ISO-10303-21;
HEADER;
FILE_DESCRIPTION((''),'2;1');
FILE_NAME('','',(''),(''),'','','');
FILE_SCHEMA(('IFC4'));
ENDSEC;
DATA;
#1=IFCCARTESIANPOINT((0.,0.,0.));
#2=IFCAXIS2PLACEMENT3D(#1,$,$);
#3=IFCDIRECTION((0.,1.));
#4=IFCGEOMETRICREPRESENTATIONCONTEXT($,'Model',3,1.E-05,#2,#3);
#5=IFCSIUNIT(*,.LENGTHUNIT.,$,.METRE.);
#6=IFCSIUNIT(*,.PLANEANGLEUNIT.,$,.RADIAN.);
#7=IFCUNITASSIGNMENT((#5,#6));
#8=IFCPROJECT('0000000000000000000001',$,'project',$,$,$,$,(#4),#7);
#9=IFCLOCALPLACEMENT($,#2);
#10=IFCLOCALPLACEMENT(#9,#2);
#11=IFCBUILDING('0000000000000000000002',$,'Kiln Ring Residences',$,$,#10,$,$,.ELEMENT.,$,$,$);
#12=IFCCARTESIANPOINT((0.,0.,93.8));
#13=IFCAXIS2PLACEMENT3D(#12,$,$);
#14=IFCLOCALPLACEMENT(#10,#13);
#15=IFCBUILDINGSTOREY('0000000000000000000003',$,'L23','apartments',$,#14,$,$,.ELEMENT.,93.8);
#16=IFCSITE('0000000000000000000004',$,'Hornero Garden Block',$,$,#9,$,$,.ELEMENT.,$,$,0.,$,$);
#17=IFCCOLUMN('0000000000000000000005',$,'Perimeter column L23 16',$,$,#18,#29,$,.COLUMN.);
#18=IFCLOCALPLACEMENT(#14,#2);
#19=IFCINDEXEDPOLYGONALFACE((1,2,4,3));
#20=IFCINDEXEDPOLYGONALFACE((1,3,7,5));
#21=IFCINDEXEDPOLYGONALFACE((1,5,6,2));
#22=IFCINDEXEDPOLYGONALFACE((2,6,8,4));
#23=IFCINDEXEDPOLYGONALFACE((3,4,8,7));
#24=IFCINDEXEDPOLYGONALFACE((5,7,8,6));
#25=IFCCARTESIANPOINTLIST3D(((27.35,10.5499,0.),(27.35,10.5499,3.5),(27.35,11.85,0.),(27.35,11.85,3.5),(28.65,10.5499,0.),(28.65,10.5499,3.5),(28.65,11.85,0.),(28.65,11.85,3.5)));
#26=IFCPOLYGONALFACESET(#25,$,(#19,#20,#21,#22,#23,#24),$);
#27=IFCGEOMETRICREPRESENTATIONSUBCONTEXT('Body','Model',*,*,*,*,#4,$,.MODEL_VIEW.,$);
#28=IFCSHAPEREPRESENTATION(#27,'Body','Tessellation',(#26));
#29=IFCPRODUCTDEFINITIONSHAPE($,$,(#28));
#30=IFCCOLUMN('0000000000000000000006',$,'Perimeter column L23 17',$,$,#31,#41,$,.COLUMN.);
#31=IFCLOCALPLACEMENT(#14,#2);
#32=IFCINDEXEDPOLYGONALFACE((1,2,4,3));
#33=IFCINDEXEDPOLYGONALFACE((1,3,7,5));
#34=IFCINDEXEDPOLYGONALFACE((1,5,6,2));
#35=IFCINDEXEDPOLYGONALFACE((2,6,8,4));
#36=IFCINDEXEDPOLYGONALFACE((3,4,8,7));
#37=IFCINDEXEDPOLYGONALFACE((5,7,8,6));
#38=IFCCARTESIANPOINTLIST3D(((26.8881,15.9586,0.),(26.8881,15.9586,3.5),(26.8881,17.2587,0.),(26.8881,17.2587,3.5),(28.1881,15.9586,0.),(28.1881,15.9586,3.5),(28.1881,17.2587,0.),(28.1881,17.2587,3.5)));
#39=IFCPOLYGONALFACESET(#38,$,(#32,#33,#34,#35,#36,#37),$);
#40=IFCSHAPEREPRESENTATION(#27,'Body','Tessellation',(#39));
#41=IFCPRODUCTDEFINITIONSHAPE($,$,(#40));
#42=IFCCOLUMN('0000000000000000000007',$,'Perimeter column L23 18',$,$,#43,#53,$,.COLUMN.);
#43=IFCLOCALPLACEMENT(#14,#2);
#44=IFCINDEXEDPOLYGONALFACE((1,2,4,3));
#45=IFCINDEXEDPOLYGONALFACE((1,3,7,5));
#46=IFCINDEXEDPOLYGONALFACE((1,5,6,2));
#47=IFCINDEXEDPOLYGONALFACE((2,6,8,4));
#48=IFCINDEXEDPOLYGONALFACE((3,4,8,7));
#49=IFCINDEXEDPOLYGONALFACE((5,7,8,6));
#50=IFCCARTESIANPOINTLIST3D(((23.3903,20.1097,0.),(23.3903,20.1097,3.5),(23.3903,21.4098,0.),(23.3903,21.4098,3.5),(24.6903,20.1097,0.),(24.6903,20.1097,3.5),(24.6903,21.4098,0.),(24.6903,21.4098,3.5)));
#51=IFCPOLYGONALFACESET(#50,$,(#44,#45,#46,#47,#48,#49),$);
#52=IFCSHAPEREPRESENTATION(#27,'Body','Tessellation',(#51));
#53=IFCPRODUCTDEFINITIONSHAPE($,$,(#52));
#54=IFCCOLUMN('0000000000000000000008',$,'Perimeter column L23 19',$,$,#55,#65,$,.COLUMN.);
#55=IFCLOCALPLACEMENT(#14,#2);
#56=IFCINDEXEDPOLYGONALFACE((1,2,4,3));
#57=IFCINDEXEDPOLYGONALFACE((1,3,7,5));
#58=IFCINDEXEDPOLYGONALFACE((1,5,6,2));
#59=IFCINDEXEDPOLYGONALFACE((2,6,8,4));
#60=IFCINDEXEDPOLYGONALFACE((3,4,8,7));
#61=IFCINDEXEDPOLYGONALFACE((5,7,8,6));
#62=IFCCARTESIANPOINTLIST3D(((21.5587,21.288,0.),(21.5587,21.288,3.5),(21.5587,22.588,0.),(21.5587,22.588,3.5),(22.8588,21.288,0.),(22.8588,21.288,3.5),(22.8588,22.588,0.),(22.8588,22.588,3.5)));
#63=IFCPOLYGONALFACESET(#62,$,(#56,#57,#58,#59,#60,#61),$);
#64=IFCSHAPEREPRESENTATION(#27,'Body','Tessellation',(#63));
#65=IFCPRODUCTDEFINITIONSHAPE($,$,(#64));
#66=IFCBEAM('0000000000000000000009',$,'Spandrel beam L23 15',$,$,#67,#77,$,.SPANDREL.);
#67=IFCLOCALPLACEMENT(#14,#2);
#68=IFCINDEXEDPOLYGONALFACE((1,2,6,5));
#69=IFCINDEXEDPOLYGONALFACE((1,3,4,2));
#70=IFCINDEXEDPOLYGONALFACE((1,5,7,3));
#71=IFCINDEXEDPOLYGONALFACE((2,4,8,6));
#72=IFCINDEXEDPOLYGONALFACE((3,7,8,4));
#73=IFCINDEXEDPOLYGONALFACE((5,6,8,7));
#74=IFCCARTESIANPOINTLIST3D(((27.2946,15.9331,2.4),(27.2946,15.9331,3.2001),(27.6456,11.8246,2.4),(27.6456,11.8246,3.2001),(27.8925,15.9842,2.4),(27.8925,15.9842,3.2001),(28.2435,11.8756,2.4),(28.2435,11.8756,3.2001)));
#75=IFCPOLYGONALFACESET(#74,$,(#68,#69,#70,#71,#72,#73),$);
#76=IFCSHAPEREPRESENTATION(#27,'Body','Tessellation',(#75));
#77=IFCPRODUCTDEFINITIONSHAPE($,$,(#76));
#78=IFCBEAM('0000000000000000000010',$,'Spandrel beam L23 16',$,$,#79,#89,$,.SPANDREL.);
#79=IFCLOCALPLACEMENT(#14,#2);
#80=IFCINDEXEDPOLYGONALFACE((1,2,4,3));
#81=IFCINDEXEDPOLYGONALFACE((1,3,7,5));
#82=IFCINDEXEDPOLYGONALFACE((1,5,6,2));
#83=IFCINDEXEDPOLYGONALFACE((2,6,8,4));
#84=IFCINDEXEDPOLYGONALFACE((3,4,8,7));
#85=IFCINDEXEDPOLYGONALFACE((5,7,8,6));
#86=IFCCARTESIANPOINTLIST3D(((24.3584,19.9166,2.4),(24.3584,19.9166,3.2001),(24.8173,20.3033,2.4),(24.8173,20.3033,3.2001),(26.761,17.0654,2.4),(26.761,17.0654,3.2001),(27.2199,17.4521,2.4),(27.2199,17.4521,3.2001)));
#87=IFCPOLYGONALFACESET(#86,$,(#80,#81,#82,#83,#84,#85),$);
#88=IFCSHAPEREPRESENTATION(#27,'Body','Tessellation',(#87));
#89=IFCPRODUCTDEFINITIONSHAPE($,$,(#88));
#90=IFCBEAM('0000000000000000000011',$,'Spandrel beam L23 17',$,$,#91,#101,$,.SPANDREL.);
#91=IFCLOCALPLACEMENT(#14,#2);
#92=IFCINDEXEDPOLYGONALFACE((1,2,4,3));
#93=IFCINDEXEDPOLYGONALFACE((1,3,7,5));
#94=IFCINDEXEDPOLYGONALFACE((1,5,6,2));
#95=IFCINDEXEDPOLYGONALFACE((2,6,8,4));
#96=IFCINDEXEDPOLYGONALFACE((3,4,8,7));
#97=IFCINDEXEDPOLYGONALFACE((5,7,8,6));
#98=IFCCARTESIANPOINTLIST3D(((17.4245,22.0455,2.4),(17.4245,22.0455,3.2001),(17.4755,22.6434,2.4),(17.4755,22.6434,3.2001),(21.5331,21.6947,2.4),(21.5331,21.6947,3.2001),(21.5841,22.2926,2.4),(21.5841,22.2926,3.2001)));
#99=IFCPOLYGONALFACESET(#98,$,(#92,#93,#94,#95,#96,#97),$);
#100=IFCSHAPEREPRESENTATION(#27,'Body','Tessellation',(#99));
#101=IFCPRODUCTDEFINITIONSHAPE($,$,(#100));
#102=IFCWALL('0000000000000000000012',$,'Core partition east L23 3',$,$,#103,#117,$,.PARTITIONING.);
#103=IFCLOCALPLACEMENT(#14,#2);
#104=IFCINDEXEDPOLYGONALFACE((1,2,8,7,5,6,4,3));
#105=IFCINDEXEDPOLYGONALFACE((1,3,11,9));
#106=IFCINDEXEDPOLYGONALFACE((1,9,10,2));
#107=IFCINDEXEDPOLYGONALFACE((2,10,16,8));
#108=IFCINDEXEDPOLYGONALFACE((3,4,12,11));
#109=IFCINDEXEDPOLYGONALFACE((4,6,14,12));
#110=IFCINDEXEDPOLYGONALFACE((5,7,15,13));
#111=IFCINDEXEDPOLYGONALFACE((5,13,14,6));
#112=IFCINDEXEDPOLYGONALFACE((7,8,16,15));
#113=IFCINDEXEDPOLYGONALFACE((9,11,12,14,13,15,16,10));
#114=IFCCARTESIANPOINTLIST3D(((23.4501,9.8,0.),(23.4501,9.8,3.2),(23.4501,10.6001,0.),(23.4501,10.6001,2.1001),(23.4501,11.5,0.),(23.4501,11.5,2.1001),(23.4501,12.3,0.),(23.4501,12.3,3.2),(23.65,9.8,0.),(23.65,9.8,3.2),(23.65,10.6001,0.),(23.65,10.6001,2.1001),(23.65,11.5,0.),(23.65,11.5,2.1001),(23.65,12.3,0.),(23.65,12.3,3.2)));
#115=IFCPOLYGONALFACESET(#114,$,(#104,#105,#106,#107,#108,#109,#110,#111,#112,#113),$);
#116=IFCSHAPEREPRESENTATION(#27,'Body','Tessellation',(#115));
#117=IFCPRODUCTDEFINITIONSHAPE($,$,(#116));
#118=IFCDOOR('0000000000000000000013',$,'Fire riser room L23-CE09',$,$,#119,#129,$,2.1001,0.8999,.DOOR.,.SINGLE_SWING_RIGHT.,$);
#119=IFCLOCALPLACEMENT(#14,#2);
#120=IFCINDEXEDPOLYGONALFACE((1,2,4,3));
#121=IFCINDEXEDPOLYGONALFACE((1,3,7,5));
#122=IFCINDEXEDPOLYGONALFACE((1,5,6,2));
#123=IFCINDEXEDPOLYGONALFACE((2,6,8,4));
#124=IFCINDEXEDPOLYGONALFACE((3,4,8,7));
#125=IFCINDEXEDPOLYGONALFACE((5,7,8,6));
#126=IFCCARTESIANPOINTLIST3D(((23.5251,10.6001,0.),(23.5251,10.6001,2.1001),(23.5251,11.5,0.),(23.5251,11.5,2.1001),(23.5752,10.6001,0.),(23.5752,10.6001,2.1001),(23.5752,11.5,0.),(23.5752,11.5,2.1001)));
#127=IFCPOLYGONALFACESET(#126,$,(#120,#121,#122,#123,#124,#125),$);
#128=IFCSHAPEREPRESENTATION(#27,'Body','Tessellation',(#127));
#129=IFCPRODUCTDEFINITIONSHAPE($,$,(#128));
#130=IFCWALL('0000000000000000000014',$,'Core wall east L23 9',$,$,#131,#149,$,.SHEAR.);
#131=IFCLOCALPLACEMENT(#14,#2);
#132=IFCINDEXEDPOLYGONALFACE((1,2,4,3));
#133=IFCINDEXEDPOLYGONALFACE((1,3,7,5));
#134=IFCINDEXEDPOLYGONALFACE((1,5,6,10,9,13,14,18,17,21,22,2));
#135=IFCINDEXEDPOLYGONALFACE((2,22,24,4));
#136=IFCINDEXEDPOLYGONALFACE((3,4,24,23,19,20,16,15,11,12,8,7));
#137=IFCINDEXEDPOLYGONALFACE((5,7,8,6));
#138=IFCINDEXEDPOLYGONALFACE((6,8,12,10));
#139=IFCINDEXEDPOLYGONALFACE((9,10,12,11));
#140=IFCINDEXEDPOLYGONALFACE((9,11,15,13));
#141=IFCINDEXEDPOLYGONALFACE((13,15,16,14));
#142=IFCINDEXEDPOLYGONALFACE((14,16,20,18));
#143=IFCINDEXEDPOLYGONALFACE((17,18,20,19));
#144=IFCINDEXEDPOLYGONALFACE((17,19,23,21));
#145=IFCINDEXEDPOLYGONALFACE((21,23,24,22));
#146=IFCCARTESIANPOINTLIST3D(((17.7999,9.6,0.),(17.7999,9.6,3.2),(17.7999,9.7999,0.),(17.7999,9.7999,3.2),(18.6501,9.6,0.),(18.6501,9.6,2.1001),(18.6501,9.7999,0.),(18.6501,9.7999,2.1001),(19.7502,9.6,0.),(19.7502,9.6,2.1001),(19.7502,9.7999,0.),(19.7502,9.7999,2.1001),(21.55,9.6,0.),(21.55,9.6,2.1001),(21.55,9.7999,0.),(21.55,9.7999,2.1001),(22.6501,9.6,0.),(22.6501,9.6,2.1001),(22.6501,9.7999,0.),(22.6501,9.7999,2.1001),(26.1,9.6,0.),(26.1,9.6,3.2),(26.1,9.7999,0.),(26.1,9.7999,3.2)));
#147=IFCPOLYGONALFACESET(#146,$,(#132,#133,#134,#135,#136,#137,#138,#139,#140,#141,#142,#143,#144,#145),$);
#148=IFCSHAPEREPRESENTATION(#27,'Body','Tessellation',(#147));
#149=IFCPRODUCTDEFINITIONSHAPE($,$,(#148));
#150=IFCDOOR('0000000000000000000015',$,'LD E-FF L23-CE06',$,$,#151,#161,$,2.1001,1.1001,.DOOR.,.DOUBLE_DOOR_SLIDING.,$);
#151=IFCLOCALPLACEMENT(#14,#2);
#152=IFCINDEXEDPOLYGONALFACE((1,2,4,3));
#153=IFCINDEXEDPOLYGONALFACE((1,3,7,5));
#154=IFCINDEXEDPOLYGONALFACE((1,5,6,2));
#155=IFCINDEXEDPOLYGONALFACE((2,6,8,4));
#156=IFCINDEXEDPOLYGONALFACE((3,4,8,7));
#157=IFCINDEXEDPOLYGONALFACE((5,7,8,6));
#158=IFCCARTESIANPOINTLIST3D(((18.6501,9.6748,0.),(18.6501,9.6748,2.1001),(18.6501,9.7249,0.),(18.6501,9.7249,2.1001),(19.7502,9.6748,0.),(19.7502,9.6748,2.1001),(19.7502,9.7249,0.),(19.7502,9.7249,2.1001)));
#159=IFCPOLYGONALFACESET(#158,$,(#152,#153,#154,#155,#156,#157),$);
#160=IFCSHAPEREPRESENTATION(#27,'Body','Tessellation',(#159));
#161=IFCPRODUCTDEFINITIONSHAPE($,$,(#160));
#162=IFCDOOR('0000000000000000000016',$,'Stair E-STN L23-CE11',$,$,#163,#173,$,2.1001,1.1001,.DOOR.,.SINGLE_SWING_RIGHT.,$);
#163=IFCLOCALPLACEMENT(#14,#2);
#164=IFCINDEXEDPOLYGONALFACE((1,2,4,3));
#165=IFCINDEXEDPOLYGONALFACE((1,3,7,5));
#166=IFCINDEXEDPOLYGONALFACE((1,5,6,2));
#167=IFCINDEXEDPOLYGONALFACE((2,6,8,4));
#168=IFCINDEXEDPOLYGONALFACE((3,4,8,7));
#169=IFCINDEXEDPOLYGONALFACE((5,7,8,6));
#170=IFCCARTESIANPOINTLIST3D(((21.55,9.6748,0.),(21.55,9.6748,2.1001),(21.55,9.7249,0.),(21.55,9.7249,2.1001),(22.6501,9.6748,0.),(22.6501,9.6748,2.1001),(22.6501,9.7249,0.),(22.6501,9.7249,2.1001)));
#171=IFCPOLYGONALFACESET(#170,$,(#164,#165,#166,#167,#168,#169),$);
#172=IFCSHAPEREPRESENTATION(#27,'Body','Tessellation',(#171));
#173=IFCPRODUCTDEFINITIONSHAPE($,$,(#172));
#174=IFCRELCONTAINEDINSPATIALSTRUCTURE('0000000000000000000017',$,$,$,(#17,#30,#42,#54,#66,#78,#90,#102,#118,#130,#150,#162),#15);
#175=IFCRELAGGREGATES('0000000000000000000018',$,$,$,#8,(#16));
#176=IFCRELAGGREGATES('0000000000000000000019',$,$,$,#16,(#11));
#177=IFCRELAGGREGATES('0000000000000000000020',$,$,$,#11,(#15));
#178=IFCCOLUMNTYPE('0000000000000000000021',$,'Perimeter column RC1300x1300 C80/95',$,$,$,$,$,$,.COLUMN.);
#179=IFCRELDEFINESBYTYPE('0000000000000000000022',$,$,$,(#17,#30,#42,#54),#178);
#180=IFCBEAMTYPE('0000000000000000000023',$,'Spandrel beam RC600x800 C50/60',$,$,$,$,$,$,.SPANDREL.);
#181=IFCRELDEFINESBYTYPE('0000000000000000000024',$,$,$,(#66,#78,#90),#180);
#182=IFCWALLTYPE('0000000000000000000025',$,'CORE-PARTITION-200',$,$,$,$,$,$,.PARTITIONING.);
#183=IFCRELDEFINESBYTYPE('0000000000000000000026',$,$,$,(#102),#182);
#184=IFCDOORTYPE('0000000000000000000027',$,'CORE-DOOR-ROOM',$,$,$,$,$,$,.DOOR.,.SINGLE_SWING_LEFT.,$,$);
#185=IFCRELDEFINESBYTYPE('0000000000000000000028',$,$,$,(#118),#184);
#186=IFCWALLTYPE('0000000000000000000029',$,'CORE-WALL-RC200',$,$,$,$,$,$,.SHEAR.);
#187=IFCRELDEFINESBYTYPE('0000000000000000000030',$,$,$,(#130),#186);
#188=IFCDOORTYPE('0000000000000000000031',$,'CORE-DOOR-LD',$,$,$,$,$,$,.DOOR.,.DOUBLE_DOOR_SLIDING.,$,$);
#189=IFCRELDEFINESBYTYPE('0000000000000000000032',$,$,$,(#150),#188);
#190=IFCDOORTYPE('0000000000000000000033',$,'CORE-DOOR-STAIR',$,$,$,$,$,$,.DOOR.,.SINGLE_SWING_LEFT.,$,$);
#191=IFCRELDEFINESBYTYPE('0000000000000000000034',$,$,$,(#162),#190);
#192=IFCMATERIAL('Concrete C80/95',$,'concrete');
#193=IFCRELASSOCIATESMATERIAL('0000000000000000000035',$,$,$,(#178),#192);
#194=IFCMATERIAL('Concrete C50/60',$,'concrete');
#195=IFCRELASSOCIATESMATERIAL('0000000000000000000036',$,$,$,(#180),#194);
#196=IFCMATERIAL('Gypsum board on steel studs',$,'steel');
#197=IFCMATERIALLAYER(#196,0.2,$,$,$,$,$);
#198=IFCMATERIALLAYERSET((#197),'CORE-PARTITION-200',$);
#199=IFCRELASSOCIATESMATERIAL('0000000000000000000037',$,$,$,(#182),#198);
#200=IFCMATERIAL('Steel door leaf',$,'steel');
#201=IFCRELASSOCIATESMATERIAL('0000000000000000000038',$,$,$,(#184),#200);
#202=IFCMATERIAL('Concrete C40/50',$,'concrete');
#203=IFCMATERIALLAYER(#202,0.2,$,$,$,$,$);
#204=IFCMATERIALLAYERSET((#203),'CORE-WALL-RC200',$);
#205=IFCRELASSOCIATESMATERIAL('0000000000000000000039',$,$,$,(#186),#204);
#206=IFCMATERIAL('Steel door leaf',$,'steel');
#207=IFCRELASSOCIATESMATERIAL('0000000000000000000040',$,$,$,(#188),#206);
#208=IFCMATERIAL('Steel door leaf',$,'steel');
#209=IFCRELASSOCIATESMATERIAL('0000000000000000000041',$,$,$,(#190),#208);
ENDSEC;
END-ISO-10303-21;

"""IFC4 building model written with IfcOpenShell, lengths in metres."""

from ifc_helpers import new_model, si_unit, direction, frame, frame_2d, origin, origin_2d, place, context, subcontext, project, spatial, rectangle, extrude, material, layer, layer_set, material_profile, profile_set, type_object, element, fill, save


model = new_model("IFC4")

# Units and contexts
model_context = context("Model", 3, precision=1e-05, world=origin(), true_north=direction((0.0, 1.0)))
body_context = subcontext(model_context, "Body", "Model", "MODEL_VIEW")
ifc_project = project(units=[si_unit("LENGTHUNIT", "METRE"), si_unit("PLANEANGLEUNIT", "RADIAN")], contexts=[model_context])

# Site, building, storey
site_placement = place(None, origin())
site = spatial("IfcSite", under=ifc_project, at=site_placement, Name="Hornero Garden Block", CompositionType="ELEMENT", RefElevation=0.0)
building_placement = place(site_placement, origin())
building = spatial("IfcBuilding", under=site, at=building_placement, Name="Kiln Ring Residences", CompositionType="ELEMENT")
storey_placement = place(building_placement, frame((0.0, 0.0, 93.8)))
storey = spatial("IfcBuildingStorey", under=building, at=storey_placement, Name="L23", Description="apartments", CompositionType="ELEMENT", Elevation=93.8)

# Columns
ifc_material_1 = material(Name="Concrete C80/95", Category="concrete")
ifc_material_profile_1 = material_profile(ifc_material_1, rectangle(XDim=1.3, YDim=1.3, at=origin_2d()), Name="RC1300x1300")
ifc_profile_set_1 = profile_set([ifc_material_profile_1], Name="Concrete C80/95")
column_type = type_object("IfcColumnType", Name="Perimeter column RC1300x1300 C80/95", PredefinedType="COLUMN", material=ifc_profile_set_1)
for number, where, z_axis, x_axis, name in (
    (1, (28.0, 11.2, 0.0), (0.0, 0.0, 1.0), (1.0, 0.0, 0.0), "Perimeter column L23 16"),
    (2, (27.5381, 16.6086, 0.0), (0.0, 0.0, 1.0), (1.0, 0.0, 0.0), "Perimeter column L23 17"),
    (3, (24.0403, 20.7598, 0.0), (0.0, 0.0, 1.0), (1.0, 0.0, 0.0), "Perimeter column L23 18"),
    (4, (22.2087, 21.938, 0.0), (0.0, 0.0, 1.0), (1.0, 0.0, 0.0), "Perimeter column L23 19"),
):
    element("IfcColumn", number, at=place(storey_placement, frame(where, z_axis=z_axis, x_axis=x_axis)), inside=storey, type_object=column_type, Name=name, PredefinedType="COLUMN", context=body_context, shape_type="SweptSolid", body=[
        extrude(rectangle(XDim=1.3, YDim=1.3, at=origin_2d()), origin(), (0.0, 0.0, 1.0), 3.5),
    ])

# Beams
ifc_material_2 = material(Name="Concrete C50/60", Category="concrete")
ifc_material_profile_2 = material_profile(ifc_material_2, rectangle(XDim=0.6001, YDim=0.8, at=origin_2d()), Name="RC600x800")
ifc_profile_set_2 = profile_set([ifc_material_profile_2], Name="Concrete C50/60")
beam_type = type_object("IfcBeamType", Name="Spandrel beam RC600x800 C50/60", PredefinedType="SPANDREL", material=ifc_profile_set_2)
beam_1_placement = place(storey_placement, frame((27.9446, 11.8501, 2.8), z_axis=(-0.085137, 0.996369, 0.0), x_axis=(-0.996369, -0.085137, 0.0)))
element("IfcBeam", 5, at=beam_1_placement, inside=storey, type_object=beam_type, Name="Spandrel beam L23 15", PredefinedType="SPANDREL", context=body_context, shape_type="SweptSolid", body=[
    extrude(rectangle(XDim=0.6001, YDim=0.8, at=origin_2d()), origin(), (0.0, 0.0, 1.0), 4.1235),
])
beam_2_placement = place(storey_placement, frame((26.9905, 17.2588, 2.8), z_axis=(-0.6444, 0.764689, 0.0), x_axis=(-0.764689, -0.6444, 0.0)))
element("IfcBeam", 6, at=beam_2_placement, inside=storey, type_object=beam_type, Name="Spandrel beam L23 16", PredefinedType="SPANDREL", context=body_context, shape_type="SweptSolid", body=[
    extrude(rectangle(XDim=0.6001, YDim=0.8, at=origin_2d()), origin(), (0.0, 0.0, 1.0), 3.7285),
])
beam_3_placement = place(storey_placement, frame((21.5586, 21.9937, 2.8), z_axis=(-0.996374, 0.085079, 0.0), x_axis=(-0.085079, -0.996374, 0.0)))
element("IfcBeam", 7, at=beam_3_placement, inside=storey, type_object=beam_type, Name="Spandrel beam L23 17", PredefinedType="SPANDREL", context=body_context, shape_type="SweptSolid", body=[
    extrude(rectangle(XDim=0.6001, YDim=0.8, at=origin_2d()), origin(), (0.0, 0.0, 1.0), 4.1235),
])

# Wall, opening, door
ifc_material_3 = material(Name="Gypsum board on steel studs", Category="steel")
ifc_layer_1 = layer(ifc_material_3, 0.2)
ifc_layer_set_1 = layer_set([ifc_layer_1], Name="CORE-PARTITION-200")
wall_type_1 = type_object("IfcWallType", Name="CORE-PARTITION-200", PredefinedType="PARTITIONING", material=ifc_layer_set_1)
wall_1_placement = place(storey_placement, frame((23.55, 9.8, 0.0), z_axis=(0.0, 0.0, 1.0), x_axis=(0.0, 1.0, 0.0)))
wall_1 = element("IfcWall", 8, at=wall_1_placement, inside=storey, type_object=wall_type_1, Name="Core partition east L23 3", PredefinedType="PARTITIONING", context=body_context, shape_type="SweptSolid", body=[
    extrude(rectangle(XDim=2.5, YDim=0.2, at=frame_2d((1.25, 0.0))), origin(), (0.0, 0.0, 1.0), 3.2),
])
opening_1_placement = place(wall_1_placement, frame((0.8, 0.0, 0.0)))
opening_1 = element("IfcOpeningElement", 9, at=opening_1_placement, cuts=wall_1, PredefinedType="OPENING", context=body_context, shape_type="SweptSolid", body=[
    extrude(rectangle(XDim=0.8999, YDim=2.1001, at=frame_2d((0.45, 1.05))), frame((0.0, 0.1099, 0.0), z_axis=(0.0, -1.0, 0.0), x_axis=(1.0, 0.0, 0.0)), (0.0, 0.0, 1.0), 0.22),
])
ifc_material_4 = material(Name="Steel door leaf", Category="steel")
door_type_1 = type_object("IfcDoorType", Name="CORE-DOOR-ROOM", OperationType="SINGLE_SWING_LEFT", PredefinedType="DOOR", material=ifc_material_4)
door_1_placement = place(opening_1_placement, origin())
door_1 = element("IfcDoor", 10, at=door_1_placement, inside=storey, type_object=door_type_1, Name="Fire riser room L23-CE09", OperationType="SINGLE_SWING_RIGHT", OverallHeight=2.1001, OverallWidth=0.8999, PredefinedType="DOOR", context=body_context, shape_type="SweptSolid", body=[
    extrude(rectangle(XDim=0.8999, YDim=2.1001, at=frame_2d((0.45, 1.05))), frame((0.0, 0.0249, 0.0), z_axis=(0.0, -1.0, 0.0), x_axis=(1.0, 0.0, 0.0)), (0.0, 0.0, 1.0), 0.05),
])
fill(opening_1, door_1)

# Wall, openings, doors
ifc_material_5 = material(Name="Concrete C40/50", Category="concrete")
ifc_layer_2 = layer(ifc_material_5, 0.2)
ifc_layer_set_2 = layer_set([ifc_layer_2], Name="CORE-WALL-RC200")
wall_type_2 = type_object("IfcWallType", Name="CORE-WALL-RC200", PredefinedType="SHEAR", material=ifc_layer_set_2)
wall_2_placement = place(storey_placement, frame((17.8, 9.7, 0.0), z_axis=(0.0, 0.0, 1.0), x_axis=(1.0, 0.0, 0.0)))
wall_2 = element("IfcWall", 11, at=wall_2_placement, inside=storey, type_object=wall_type_2, Name="Core wall east L23 9", PredefinedType="SHEAR", context=body_context, shape_type="SweptSolid", body=[
    extrude(rectangle(XDim=8.3, YDim=0.2, at=frame_2d((4.1499, 0.0))), origin(), (0.0, 0.0, 1.0), 3.2),
])
opening_2_placement = place(wall_2_placement, frame((0.8501, 0.0, 0.0)))
opening_2 = element("IfcOpeningElement", 12, at=opening_2_placement, cuts=wall_2, PredefinedType="OPENING", context=body_context, shape_type="SweptSolid", body=[
    extrude(rectangle(XDim=1.1001, YDim=2.1001, at=frame_2d((0.55, 1.05))), frame((0.0, 0.1099, 0.0), z_axis=(0.0, -1.0, 0.0), x_axis=(1.0, 0.0, 0.0)), (0.0, 0.0, 1.0), 0.22),
])
opening_3_placement = place(wall_2_placement, frame((3.75, 0.0, 0.0)))
opening_3 = element("IfcOpeningElement", 13, at=opening_3_placement, cuts=wall_2, PredefinedType="OPENING", context=body_context, shape_type="SweptSolid", body=[
    extrude(rectangle(XDim=1.1001, YDim=2.1001, at=frame_2d((0.55, 1.05))), frame((0.0, 0.1099, 0.0), z_axis=(0.0, -1.0, 0.0), x_axis=(1.0, 0.0, 0.0)), (0.0, 0.0, 1.0), 0.22),
])
ifc_material_6 = material(Name="Steel door leaf", Category="steel")
door_type_2 = type_object("IfcDoorType", Name="CORE-DOOR-LD", OperationType="DOUBLE_DOOR_SLIDING", PredefinedType="DOOR", material=ifc_material_6)
door_2_placement = place(opening_2_placement, origin())
door_2 = element("IfcDoor", 14, at=door_2_placement, inside=storey, type_object=door_type_2, Name="LD E-FF L23-CE06", OperationType="DOUBLE_DOOR_SLIDING", OverallHeight=2.1001, OverallWidth=1.1001, PredefinedType="DOOR", context=body_context, shape_type="SweptSolid", body=[
    extrude(rectangle(XDim=1.1001, YDim=2.1001, at=frame_2d((0.55, 1.05))), frame((0.0, 0.0249, 0.0), z_axis=(0.0, -1.0, 0.0), x_axis=(1.0, 0.0, 0.0)), (0.0, 0.0, 1.0), 0.05),
])
fill(opening_2, door_2)
ifc_material_7 = material(Name="Steel door leaf", Category="steel")
door_type_3 = type_object("IfcDoorType", Name="CORE-DOOR-STAIR", OperationType="SINGLE_SWING_LEFT", PredefinedType="DOOR", material=ifc_material_7)
door_3_placement = place(opening_3_placement, origin())
door_3 = element("IfcDoor", 15, at=door_3_placement, inside=storey, type_object=door_type_3, Name="Stair E-STN L23-CE11", OperationType="SINGLE_SWING_RIGHT", OverallHeight=2.1001, OverallWidth=1.1001, PredefinedType="DOOR", context=body_context, shape_type="SweptSolid", body=[
    extrude(rectangle(XDim=1.1001, YDim=2.1001, at=frame_2d((0.55, 1.05))), frame((0.0, 0.0249, 0.0), z_axis=(0.0, -1.0, 0.0), x_axis=(1.0, 0.0, 0.0)), (0.0, 0.0, 1.0), 0.05),
])
fill(opening_3, door_3)

save(model, "model.ifc")
